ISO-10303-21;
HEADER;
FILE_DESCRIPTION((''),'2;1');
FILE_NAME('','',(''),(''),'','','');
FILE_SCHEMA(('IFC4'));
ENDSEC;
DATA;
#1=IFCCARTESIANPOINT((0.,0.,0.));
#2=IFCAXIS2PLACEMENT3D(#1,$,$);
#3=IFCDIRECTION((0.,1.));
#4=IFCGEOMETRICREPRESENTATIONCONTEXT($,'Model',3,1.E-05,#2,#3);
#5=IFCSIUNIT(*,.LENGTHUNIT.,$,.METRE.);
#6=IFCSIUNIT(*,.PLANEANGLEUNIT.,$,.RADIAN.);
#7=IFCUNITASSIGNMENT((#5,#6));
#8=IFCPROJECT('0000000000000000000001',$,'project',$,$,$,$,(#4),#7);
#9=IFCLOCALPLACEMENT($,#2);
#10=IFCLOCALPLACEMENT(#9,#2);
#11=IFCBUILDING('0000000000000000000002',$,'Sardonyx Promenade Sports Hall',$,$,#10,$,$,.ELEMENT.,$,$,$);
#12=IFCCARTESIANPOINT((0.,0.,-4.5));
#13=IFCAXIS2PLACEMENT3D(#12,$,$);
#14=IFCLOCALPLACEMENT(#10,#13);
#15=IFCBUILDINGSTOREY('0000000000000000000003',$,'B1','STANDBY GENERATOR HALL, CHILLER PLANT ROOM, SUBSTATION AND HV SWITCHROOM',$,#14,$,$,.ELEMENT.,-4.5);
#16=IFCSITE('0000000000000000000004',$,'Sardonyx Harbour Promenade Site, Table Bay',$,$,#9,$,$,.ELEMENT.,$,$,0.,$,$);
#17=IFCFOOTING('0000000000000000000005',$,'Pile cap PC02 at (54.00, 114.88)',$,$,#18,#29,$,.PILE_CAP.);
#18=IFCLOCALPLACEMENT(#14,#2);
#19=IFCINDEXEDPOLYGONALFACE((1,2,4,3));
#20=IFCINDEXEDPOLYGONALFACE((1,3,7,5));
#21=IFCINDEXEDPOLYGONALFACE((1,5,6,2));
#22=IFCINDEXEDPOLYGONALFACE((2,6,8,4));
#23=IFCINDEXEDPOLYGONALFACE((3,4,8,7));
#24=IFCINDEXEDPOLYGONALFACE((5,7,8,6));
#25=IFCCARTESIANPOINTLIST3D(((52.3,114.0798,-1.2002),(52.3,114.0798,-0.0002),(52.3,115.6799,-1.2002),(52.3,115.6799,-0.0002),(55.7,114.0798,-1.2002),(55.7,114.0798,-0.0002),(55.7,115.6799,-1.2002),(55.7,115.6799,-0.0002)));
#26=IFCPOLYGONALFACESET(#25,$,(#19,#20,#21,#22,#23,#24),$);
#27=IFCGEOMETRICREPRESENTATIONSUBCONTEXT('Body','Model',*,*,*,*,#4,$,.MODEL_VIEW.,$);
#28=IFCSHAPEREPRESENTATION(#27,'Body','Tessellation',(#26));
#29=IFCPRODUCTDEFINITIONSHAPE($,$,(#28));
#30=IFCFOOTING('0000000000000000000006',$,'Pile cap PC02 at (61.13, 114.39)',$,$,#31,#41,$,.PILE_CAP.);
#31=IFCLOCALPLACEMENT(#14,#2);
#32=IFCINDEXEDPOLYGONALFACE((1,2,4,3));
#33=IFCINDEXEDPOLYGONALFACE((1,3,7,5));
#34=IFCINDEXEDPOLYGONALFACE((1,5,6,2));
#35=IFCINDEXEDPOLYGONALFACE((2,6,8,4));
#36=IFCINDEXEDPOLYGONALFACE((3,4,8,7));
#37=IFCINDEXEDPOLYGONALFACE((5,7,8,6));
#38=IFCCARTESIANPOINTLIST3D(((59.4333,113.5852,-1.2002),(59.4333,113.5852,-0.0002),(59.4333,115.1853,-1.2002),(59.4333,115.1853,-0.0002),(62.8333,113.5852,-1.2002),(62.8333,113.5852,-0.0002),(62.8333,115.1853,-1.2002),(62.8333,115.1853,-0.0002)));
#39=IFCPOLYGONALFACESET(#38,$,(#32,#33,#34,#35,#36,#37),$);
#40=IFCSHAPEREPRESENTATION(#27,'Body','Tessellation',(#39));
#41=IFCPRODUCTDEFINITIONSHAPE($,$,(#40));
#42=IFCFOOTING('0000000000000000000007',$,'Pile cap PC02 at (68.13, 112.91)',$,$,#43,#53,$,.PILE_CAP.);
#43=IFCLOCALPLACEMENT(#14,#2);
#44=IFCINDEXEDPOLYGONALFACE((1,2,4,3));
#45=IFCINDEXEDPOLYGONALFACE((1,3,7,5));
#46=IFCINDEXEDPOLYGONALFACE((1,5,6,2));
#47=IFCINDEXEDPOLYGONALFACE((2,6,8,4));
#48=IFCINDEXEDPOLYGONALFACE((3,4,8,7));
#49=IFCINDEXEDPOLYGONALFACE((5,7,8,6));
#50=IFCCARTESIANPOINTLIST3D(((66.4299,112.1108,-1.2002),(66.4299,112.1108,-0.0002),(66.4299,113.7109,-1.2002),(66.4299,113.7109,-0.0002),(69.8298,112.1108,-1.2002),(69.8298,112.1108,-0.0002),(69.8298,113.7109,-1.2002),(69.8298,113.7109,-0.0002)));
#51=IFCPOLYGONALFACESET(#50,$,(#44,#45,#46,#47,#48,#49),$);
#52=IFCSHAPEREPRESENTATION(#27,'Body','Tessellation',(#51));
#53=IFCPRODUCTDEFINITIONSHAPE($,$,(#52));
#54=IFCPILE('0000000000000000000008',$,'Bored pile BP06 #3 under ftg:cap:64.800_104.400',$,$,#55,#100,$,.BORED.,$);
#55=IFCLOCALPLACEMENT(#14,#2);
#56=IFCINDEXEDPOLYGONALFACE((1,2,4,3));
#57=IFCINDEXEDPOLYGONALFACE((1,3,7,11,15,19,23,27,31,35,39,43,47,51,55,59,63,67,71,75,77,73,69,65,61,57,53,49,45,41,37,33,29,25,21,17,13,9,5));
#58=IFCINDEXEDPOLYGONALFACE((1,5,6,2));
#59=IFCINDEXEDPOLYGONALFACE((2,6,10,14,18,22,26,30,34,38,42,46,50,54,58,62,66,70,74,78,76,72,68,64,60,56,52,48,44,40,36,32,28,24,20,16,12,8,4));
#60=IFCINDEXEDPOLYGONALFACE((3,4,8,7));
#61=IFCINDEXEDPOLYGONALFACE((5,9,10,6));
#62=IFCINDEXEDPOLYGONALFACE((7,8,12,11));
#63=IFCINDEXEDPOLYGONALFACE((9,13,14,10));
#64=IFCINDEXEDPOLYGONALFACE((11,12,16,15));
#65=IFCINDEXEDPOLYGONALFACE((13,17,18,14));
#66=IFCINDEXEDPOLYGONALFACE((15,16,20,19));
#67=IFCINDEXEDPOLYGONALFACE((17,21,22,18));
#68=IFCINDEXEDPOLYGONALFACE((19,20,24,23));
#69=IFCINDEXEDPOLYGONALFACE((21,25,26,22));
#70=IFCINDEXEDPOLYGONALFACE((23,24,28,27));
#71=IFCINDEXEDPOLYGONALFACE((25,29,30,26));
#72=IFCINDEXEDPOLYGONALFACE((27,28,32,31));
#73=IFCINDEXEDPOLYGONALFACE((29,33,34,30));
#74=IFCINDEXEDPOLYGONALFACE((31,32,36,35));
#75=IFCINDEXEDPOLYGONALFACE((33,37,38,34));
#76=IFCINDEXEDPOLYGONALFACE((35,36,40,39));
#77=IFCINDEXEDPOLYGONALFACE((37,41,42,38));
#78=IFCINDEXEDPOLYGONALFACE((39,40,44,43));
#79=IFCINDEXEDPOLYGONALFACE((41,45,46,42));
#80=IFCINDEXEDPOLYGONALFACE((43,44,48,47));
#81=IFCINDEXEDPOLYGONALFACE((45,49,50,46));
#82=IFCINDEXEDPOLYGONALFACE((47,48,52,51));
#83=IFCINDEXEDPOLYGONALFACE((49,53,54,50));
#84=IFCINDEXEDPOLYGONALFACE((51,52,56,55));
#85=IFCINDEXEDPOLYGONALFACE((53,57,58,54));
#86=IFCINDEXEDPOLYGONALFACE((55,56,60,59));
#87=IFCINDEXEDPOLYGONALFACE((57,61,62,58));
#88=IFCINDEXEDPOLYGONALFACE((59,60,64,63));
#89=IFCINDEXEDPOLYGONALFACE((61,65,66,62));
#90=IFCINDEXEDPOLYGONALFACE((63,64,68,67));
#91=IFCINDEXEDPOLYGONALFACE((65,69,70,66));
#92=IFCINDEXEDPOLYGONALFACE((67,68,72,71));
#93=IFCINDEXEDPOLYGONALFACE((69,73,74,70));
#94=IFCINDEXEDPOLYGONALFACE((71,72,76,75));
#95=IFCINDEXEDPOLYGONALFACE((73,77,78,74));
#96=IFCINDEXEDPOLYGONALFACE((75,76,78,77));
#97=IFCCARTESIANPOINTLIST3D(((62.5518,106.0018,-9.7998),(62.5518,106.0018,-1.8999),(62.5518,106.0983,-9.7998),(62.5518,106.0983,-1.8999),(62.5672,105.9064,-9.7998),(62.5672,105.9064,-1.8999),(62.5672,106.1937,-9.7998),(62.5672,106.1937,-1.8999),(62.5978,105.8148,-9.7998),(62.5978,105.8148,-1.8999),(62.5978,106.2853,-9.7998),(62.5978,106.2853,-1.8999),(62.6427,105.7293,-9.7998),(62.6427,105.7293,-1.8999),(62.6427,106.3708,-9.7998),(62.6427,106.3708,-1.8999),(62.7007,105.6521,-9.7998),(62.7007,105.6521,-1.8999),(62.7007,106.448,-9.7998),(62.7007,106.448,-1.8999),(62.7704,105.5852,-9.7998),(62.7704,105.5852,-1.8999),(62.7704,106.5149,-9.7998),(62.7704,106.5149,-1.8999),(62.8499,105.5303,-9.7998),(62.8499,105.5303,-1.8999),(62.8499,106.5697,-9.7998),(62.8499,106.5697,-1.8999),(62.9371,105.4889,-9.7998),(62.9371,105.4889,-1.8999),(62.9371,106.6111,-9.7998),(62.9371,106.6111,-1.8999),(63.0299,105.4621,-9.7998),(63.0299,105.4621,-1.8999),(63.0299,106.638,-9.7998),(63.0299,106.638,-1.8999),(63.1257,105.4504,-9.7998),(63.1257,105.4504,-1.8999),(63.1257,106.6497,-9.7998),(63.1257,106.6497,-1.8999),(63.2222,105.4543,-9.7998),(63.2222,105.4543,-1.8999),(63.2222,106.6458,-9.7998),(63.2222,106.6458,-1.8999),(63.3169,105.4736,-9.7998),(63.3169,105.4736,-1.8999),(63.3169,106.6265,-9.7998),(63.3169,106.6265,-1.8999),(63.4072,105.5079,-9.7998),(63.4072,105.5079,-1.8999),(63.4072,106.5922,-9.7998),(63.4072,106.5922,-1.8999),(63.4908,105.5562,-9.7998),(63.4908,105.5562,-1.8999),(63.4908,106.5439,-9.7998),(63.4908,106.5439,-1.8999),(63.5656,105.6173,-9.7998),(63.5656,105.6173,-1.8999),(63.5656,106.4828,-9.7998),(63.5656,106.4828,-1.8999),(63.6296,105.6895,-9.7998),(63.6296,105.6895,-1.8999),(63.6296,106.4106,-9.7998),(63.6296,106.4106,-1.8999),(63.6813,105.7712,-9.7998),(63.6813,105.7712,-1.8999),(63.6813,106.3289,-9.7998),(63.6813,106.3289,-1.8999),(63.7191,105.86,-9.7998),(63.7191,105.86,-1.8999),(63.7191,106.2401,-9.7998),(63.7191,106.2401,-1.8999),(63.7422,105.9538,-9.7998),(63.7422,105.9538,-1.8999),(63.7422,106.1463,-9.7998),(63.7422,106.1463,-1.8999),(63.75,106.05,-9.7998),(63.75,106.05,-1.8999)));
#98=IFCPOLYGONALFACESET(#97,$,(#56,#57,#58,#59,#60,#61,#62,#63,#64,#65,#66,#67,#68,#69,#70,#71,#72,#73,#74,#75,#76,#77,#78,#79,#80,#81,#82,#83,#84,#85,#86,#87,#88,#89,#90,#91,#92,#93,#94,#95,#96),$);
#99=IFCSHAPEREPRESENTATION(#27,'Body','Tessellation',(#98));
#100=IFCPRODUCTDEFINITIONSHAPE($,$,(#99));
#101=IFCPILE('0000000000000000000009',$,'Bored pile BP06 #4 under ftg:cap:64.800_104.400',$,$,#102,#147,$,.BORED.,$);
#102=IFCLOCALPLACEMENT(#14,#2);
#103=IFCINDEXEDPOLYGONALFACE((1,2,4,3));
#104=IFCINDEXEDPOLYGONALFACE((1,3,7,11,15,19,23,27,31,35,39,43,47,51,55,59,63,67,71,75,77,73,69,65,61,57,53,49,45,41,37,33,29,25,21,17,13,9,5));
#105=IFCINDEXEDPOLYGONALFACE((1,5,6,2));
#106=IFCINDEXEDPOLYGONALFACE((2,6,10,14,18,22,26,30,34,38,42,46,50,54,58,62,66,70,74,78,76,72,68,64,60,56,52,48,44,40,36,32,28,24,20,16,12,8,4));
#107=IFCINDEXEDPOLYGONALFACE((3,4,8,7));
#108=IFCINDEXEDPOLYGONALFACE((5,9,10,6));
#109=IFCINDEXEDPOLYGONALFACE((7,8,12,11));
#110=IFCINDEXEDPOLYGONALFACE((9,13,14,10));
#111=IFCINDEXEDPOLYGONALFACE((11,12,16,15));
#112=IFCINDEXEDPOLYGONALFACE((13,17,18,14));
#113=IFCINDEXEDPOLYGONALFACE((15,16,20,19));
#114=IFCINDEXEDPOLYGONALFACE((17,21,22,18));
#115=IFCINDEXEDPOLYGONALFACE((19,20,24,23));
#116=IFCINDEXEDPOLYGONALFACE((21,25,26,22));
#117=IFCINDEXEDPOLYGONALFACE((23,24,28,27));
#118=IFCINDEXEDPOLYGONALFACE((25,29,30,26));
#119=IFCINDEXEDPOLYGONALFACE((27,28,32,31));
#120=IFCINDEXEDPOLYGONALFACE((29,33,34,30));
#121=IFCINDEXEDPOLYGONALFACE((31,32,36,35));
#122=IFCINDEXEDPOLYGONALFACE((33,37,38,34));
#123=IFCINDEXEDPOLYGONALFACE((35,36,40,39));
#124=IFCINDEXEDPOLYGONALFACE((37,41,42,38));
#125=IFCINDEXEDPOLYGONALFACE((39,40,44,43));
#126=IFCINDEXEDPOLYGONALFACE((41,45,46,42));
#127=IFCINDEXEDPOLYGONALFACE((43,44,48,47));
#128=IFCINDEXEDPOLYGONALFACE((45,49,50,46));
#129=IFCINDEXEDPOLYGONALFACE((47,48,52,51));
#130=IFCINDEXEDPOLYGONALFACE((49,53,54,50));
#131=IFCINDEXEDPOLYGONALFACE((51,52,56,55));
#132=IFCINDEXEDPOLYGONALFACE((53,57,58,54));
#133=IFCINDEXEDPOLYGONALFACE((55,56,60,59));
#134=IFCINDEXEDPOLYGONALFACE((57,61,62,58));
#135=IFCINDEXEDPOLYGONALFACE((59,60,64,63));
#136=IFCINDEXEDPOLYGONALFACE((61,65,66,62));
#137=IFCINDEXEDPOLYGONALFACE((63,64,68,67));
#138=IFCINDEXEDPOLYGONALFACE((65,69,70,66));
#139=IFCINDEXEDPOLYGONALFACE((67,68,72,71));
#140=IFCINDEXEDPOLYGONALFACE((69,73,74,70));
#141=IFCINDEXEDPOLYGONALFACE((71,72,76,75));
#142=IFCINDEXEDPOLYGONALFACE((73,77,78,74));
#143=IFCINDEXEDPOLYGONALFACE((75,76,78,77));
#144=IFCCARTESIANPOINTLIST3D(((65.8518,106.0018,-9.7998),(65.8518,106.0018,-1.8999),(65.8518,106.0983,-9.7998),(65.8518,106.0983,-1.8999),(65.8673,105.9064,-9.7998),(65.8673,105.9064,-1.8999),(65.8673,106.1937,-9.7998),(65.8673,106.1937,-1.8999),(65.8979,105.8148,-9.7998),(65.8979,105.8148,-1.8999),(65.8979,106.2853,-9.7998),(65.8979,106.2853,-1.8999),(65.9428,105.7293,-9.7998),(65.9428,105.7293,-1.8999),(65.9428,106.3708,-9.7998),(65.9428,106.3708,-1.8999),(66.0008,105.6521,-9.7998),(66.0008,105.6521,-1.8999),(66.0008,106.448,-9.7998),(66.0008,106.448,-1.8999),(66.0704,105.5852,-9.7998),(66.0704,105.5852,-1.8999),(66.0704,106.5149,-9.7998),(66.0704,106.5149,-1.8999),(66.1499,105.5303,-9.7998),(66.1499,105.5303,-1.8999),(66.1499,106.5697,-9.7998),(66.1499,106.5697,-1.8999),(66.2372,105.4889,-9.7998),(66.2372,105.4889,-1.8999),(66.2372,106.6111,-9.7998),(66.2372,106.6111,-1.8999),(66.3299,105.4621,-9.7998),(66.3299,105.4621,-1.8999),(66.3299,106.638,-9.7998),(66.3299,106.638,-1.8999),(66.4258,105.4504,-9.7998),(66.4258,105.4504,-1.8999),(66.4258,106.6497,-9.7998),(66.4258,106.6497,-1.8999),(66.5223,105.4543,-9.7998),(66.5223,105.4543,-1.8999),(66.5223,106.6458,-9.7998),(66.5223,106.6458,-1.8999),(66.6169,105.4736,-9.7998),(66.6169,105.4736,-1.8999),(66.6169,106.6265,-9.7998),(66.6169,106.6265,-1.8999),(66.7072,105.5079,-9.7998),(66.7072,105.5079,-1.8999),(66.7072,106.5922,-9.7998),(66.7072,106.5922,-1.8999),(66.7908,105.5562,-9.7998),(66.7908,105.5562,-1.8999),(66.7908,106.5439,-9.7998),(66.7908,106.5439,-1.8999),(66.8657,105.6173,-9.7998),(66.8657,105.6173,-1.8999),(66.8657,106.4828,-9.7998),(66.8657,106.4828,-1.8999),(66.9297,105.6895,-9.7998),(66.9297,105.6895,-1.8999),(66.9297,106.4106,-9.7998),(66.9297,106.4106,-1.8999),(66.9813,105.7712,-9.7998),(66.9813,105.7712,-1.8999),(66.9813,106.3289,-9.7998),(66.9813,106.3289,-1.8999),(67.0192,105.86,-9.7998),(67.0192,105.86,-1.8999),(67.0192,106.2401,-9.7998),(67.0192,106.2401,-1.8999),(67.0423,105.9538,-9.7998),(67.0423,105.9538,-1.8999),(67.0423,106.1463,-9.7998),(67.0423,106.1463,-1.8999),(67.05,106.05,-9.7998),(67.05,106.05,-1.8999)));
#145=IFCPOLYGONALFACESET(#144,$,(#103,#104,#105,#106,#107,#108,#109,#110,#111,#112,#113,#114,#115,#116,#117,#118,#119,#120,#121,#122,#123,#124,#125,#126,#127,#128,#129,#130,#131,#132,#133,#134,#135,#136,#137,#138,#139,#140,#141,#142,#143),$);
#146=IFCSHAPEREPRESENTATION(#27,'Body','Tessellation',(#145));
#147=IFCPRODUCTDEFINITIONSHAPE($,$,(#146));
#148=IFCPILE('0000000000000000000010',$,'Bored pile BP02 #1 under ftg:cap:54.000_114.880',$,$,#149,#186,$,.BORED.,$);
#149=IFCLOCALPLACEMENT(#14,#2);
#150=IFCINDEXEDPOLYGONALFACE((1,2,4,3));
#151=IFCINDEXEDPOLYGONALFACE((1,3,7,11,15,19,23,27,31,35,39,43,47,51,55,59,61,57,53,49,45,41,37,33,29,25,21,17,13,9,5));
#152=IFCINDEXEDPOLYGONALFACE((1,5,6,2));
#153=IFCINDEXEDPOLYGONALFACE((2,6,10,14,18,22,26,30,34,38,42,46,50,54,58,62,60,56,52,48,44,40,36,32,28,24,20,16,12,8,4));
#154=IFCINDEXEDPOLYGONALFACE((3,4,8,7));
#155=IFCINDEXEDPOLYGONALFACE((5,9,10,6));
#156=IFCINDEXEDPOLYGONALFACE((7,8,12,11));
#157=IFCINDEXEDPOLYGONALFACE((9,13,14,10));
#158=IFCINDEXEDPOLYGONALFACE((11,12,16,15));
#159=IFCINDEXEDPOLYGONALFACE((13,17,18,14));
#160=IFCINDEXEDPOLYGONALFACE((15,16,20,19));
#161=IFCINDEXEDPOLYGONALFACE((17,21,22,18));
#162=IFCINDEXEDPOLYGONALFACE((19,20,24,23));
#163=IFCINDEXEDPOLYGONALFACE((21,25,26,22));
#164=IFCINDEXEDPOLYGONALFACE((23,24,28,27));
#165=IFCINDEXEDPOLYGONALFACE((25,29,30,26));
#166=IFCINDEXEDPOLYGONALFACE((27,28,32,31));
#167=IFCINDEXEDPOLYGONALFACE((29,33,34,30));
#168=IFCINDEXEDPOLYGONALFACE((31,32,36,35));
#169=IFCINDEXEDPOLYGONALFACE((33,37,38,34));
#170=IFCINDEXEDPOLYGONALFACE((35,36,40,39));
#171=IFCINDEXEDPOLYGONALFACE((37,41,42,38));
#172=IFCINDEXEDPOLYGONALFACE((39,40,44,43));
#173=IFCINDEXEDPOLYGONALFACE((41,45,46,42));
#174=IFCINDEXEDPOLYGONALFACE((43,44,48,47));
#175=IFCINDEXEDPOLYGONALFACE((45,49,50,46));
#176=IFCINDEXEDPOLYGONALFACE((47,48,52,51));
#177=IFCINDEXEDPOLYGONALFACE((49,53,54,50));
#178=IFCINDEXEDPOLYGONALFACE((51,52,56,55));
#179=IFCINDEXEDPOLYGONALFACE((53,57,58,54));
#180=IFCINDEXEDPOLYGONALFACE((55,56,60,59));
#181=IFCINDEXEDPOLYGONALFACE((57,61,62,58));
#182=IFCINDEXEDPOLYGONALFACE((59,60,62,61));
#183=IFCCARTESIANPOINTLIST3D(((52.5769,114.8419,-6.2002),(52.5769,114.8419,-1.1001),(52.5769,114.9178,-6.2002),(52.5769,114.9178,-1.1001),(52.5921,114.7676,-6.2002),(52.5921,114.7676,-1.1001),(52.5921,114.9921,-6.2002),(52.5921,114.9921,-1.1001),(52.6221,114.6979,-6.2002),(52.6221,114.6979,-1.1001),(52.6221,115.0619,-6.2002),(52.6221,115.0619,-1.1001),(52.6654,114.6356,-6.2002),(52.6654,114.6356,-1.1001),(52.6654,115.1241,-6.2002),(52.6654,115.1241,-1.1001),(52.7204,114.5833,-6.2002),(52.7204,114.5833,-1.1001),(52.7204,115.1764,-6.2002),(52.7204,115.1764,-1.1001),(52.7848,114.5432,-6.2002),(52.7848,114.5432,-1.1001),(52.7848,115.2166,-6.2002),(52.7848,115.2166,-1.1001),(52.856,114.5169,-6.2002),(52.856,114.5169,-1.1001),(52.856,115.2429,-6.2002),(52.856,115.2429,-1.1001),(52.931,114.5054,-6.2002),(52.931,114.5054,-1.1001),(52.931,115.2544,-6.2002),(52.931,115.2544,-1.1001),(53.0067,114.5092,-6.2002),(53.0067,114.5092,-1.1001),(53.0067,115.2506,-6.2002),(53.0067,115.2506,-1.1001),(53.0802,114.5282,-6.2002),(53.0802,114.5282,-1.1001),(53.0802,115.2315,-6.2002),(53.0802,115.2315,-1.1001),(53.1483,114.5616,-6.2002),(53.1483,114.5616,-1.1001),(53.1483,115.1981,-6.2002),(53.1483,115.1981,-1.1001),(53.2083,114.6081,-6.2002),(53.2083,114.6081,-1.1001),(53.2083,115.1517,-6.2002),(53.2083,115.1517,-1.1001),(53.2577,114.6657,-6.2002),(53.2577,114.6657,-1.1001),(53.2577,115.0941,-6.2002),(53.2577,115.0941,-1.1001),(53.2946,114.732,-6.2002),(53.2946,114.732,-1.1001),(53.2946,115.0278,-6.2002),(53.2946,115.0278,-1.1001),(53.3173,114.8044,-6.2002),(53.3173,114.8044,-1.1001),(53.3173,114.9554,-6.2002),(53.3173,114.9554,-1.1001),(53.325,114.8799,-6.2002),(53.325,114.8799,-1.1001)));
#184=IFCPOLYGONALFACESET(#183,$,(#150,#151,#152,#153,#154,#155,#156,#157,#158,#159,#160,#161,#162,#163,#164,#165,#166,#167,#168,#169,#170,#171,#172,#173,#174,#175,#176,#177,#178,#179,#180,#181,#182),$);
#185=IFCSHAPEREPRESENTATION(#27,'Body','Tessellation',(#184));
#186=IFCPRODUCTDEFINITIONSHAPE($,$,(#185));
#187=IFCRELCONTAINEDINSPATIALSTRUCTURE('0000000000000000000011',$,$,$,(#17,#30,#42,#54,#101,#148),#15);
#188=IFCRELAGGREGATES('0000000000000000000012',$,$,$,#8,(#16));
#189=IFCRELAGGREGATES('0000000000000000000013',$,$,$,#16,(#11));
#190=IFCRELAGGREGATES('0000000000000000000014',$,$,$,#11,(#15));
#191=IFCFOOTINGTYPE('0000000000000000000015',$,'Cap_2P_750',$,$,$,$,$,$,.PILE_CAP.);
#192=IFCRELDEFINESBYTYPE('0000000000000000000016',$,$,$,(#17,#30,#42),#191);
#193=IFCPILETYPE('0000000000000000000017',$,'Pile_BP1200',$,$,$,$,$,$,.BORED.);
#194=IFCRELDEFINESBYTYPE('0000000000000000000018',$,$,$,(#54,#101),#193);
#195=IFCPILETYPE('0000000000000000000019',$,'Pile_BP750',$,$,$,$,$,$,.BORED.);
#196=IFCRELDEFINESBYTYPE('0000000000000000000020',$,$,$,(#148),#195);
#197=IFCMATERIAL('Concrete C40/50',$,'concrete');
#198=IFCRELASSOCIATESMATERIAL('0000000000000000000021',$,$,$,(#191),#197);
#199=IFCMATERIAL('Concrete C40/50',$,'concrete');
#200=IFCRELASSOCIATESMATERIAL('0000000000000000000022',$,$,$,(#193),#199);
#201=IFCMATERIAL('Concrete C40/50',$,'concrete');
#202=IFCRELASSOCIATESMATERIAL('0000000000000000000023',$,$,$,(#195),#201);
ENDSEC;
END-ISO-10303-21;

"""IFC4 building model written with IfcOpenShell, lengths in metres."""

from ifc_helpers import new_model, si_unit, direction, frame, origin, origin_2d, place, context, subcontext, project, spatial, rectangle, circle, extrude, material, material_profile, profile_set, type_object, element, save


model = new_model("IFC4")

# Units and contexts
model_context = context("Model", 3, precision=1e-05, world=origin(), true_north=direction((0.0, 1.0)))
body_context = subcontext(model_context, "Body", "Model", "MODEL_VIEW")
ifc_project = project(units=[si_unit("LENGTHUNIT", "METRE"), si_unit("PLANEANGLEUNIT", "RADIAN")], contexts=[model_context])

# Site, building, storey
site_placement = place(None, origin())
site = spatial("IfcSite", under=ifc_project, at=site_placement, Name="Sardonyx Harbour Promenade Site, Table Bay", CompositionType="ELEMENT", RefElevation=0.0)
building_placement = place(site_placement, origin())
building = spatial("IfcBuilding", under=site, at=building_placement, Name="Sardonyx Promenade Sports Hall", CompositionType="ELEMENT")
storey_placement = place(building_placement, frame((0.0, 0.0, -4.5)))
storey = spatial("IfcBuildingStorey", under=building, at=storey_placement, Name="B1", Description="STANDBY GENERATOR HALL, CHILLER PLANT ROOM, SUBSTATION AND HV SWITCHROOM", CompositionType="ELEMENT", Elevation=-4.5)

# Footings
ifc_material_1 = material(Name="Concrete C40/50", Category="concrete")
footing_type = type_object("IfcFootingType", Name="Cap_2P_750", PredefinedType="PILE_CAP", material=ifc_material_1)
for number, where, z_axis, x_axis, name in (
    (1, (54.0, 114.8799, -1.2002), (0.0, 0.0, 1.0), (1.0, 0.0, 0.0), "Pile cap PC02 at (54.00, 114.88)"),
    (2, (61.1333, 114.3853, -1.2002), (0.0, 0.0, 1.0), (1.0, 0.0, 0.0), "Pile cap PC02 at (61.13, 114.39)"),
    (3, (68.1299, 112.9109, -1.2002), (0.0, 0.0, 1.0), (1.0, 0.0, 0.0), "Pile cap PC02 at (68.13, 112.91)"),
):
    element("IfcFooting", number, at=place(storey_placement, frame(where, z_axis=z_axis, x_axis=x_axis)), inside=storey, type_object=footing_type, Name=name, PredefinedType="PILE_CAP", context=body_context, shape_type="SweptSolid", body=[
        extrude(rectangle(XDim=3.3999, YDim=1.6001, at=origin_2d()), origin(), (0.0, 0.0, 1.0), 1.2),
    ])

# Piles
ifc_material_2 = material(Name="Concrete C40/50", Category="concrete")
ifc_material_profile_1 = material_profile(ifc_material_2, circle(Radius=0.6001, at=origin_2d()))
ifc_profile_set_1 = profile_set([ifc_material_profile_1], Name="Concrete C40/50")
pile_type_1 = type_object("IfcPileType", Name="Pile_BP1200", PredefinedType="BORED", material=ifc_profile_set_1)
for number, where, z_axis, x_axis, name in (
    (4, (63.1499, 106.05, -1.8999), (0.0, 0.0, -1.0), (1.0, 0.0, 0.0), "Bored pile BP06 #3 under ftg:cap:64.800_104.400"),
    (5, (66.45, 106.05, -1.8999), (0.0, 0.0, -1.0), (1.0, 0.0, 0.0), "Bored pile BP06 #4 under ftg:cap:64.800_104.400"),
):
    element("IfcPile", number, at=place(storey_placement, frame(where, z_axis=z_axis, x_axis=x_axis)), inside=storey, type_object=pile_type_1, Name=name, PredefinedType="BORED", context=body_context, shape_type="SweptSolid", body=[
        extrude(circle(Radius=0.6001, at=origin_2d()), origin(), (0.0, 0.0, 1.0), 7.8999),
    ])
ifc_material_3 = material(Name="Concrete C40/50", Category="concrete")
ifc_material_profile_2 = material_profile(ifc_material_3, circle(Radius=0.375, at=origin_2d()))
ifc_profile_set_2 = profile_set([ifc_material_profile_2], Name="Concrete C40/50")
pile_type_2 = type_object("IfcPileType", Name="Pile_BP750", PredefinedType="BORED", material=ifc_profile_set_2)
for number, where, z_axis, x_axis, name in (
    (6, (52.95, 114.8799, -1.1001), (0.0, 0.0, -1.0), (1.0, 0.0, 0.0), "Bored pile BP02 #1 under ftg:cap:54.000_114.880"),
):
    element("IfcPile", number, at=place(storey_placement, frame(where, z_axis=z_axis, x_axis=x_axis)), inside=storey, type_object=pile_type_2, Name=name, PredefinedType="BORED", context=body_context, shape_type="SweptSolid", body=[
        extrude(circle(Radius=0.375, at=origin_2d()), origin(), (0.0, 0.0, 1.0), 5.1001),
    ])

save(model, "model.ifc")
